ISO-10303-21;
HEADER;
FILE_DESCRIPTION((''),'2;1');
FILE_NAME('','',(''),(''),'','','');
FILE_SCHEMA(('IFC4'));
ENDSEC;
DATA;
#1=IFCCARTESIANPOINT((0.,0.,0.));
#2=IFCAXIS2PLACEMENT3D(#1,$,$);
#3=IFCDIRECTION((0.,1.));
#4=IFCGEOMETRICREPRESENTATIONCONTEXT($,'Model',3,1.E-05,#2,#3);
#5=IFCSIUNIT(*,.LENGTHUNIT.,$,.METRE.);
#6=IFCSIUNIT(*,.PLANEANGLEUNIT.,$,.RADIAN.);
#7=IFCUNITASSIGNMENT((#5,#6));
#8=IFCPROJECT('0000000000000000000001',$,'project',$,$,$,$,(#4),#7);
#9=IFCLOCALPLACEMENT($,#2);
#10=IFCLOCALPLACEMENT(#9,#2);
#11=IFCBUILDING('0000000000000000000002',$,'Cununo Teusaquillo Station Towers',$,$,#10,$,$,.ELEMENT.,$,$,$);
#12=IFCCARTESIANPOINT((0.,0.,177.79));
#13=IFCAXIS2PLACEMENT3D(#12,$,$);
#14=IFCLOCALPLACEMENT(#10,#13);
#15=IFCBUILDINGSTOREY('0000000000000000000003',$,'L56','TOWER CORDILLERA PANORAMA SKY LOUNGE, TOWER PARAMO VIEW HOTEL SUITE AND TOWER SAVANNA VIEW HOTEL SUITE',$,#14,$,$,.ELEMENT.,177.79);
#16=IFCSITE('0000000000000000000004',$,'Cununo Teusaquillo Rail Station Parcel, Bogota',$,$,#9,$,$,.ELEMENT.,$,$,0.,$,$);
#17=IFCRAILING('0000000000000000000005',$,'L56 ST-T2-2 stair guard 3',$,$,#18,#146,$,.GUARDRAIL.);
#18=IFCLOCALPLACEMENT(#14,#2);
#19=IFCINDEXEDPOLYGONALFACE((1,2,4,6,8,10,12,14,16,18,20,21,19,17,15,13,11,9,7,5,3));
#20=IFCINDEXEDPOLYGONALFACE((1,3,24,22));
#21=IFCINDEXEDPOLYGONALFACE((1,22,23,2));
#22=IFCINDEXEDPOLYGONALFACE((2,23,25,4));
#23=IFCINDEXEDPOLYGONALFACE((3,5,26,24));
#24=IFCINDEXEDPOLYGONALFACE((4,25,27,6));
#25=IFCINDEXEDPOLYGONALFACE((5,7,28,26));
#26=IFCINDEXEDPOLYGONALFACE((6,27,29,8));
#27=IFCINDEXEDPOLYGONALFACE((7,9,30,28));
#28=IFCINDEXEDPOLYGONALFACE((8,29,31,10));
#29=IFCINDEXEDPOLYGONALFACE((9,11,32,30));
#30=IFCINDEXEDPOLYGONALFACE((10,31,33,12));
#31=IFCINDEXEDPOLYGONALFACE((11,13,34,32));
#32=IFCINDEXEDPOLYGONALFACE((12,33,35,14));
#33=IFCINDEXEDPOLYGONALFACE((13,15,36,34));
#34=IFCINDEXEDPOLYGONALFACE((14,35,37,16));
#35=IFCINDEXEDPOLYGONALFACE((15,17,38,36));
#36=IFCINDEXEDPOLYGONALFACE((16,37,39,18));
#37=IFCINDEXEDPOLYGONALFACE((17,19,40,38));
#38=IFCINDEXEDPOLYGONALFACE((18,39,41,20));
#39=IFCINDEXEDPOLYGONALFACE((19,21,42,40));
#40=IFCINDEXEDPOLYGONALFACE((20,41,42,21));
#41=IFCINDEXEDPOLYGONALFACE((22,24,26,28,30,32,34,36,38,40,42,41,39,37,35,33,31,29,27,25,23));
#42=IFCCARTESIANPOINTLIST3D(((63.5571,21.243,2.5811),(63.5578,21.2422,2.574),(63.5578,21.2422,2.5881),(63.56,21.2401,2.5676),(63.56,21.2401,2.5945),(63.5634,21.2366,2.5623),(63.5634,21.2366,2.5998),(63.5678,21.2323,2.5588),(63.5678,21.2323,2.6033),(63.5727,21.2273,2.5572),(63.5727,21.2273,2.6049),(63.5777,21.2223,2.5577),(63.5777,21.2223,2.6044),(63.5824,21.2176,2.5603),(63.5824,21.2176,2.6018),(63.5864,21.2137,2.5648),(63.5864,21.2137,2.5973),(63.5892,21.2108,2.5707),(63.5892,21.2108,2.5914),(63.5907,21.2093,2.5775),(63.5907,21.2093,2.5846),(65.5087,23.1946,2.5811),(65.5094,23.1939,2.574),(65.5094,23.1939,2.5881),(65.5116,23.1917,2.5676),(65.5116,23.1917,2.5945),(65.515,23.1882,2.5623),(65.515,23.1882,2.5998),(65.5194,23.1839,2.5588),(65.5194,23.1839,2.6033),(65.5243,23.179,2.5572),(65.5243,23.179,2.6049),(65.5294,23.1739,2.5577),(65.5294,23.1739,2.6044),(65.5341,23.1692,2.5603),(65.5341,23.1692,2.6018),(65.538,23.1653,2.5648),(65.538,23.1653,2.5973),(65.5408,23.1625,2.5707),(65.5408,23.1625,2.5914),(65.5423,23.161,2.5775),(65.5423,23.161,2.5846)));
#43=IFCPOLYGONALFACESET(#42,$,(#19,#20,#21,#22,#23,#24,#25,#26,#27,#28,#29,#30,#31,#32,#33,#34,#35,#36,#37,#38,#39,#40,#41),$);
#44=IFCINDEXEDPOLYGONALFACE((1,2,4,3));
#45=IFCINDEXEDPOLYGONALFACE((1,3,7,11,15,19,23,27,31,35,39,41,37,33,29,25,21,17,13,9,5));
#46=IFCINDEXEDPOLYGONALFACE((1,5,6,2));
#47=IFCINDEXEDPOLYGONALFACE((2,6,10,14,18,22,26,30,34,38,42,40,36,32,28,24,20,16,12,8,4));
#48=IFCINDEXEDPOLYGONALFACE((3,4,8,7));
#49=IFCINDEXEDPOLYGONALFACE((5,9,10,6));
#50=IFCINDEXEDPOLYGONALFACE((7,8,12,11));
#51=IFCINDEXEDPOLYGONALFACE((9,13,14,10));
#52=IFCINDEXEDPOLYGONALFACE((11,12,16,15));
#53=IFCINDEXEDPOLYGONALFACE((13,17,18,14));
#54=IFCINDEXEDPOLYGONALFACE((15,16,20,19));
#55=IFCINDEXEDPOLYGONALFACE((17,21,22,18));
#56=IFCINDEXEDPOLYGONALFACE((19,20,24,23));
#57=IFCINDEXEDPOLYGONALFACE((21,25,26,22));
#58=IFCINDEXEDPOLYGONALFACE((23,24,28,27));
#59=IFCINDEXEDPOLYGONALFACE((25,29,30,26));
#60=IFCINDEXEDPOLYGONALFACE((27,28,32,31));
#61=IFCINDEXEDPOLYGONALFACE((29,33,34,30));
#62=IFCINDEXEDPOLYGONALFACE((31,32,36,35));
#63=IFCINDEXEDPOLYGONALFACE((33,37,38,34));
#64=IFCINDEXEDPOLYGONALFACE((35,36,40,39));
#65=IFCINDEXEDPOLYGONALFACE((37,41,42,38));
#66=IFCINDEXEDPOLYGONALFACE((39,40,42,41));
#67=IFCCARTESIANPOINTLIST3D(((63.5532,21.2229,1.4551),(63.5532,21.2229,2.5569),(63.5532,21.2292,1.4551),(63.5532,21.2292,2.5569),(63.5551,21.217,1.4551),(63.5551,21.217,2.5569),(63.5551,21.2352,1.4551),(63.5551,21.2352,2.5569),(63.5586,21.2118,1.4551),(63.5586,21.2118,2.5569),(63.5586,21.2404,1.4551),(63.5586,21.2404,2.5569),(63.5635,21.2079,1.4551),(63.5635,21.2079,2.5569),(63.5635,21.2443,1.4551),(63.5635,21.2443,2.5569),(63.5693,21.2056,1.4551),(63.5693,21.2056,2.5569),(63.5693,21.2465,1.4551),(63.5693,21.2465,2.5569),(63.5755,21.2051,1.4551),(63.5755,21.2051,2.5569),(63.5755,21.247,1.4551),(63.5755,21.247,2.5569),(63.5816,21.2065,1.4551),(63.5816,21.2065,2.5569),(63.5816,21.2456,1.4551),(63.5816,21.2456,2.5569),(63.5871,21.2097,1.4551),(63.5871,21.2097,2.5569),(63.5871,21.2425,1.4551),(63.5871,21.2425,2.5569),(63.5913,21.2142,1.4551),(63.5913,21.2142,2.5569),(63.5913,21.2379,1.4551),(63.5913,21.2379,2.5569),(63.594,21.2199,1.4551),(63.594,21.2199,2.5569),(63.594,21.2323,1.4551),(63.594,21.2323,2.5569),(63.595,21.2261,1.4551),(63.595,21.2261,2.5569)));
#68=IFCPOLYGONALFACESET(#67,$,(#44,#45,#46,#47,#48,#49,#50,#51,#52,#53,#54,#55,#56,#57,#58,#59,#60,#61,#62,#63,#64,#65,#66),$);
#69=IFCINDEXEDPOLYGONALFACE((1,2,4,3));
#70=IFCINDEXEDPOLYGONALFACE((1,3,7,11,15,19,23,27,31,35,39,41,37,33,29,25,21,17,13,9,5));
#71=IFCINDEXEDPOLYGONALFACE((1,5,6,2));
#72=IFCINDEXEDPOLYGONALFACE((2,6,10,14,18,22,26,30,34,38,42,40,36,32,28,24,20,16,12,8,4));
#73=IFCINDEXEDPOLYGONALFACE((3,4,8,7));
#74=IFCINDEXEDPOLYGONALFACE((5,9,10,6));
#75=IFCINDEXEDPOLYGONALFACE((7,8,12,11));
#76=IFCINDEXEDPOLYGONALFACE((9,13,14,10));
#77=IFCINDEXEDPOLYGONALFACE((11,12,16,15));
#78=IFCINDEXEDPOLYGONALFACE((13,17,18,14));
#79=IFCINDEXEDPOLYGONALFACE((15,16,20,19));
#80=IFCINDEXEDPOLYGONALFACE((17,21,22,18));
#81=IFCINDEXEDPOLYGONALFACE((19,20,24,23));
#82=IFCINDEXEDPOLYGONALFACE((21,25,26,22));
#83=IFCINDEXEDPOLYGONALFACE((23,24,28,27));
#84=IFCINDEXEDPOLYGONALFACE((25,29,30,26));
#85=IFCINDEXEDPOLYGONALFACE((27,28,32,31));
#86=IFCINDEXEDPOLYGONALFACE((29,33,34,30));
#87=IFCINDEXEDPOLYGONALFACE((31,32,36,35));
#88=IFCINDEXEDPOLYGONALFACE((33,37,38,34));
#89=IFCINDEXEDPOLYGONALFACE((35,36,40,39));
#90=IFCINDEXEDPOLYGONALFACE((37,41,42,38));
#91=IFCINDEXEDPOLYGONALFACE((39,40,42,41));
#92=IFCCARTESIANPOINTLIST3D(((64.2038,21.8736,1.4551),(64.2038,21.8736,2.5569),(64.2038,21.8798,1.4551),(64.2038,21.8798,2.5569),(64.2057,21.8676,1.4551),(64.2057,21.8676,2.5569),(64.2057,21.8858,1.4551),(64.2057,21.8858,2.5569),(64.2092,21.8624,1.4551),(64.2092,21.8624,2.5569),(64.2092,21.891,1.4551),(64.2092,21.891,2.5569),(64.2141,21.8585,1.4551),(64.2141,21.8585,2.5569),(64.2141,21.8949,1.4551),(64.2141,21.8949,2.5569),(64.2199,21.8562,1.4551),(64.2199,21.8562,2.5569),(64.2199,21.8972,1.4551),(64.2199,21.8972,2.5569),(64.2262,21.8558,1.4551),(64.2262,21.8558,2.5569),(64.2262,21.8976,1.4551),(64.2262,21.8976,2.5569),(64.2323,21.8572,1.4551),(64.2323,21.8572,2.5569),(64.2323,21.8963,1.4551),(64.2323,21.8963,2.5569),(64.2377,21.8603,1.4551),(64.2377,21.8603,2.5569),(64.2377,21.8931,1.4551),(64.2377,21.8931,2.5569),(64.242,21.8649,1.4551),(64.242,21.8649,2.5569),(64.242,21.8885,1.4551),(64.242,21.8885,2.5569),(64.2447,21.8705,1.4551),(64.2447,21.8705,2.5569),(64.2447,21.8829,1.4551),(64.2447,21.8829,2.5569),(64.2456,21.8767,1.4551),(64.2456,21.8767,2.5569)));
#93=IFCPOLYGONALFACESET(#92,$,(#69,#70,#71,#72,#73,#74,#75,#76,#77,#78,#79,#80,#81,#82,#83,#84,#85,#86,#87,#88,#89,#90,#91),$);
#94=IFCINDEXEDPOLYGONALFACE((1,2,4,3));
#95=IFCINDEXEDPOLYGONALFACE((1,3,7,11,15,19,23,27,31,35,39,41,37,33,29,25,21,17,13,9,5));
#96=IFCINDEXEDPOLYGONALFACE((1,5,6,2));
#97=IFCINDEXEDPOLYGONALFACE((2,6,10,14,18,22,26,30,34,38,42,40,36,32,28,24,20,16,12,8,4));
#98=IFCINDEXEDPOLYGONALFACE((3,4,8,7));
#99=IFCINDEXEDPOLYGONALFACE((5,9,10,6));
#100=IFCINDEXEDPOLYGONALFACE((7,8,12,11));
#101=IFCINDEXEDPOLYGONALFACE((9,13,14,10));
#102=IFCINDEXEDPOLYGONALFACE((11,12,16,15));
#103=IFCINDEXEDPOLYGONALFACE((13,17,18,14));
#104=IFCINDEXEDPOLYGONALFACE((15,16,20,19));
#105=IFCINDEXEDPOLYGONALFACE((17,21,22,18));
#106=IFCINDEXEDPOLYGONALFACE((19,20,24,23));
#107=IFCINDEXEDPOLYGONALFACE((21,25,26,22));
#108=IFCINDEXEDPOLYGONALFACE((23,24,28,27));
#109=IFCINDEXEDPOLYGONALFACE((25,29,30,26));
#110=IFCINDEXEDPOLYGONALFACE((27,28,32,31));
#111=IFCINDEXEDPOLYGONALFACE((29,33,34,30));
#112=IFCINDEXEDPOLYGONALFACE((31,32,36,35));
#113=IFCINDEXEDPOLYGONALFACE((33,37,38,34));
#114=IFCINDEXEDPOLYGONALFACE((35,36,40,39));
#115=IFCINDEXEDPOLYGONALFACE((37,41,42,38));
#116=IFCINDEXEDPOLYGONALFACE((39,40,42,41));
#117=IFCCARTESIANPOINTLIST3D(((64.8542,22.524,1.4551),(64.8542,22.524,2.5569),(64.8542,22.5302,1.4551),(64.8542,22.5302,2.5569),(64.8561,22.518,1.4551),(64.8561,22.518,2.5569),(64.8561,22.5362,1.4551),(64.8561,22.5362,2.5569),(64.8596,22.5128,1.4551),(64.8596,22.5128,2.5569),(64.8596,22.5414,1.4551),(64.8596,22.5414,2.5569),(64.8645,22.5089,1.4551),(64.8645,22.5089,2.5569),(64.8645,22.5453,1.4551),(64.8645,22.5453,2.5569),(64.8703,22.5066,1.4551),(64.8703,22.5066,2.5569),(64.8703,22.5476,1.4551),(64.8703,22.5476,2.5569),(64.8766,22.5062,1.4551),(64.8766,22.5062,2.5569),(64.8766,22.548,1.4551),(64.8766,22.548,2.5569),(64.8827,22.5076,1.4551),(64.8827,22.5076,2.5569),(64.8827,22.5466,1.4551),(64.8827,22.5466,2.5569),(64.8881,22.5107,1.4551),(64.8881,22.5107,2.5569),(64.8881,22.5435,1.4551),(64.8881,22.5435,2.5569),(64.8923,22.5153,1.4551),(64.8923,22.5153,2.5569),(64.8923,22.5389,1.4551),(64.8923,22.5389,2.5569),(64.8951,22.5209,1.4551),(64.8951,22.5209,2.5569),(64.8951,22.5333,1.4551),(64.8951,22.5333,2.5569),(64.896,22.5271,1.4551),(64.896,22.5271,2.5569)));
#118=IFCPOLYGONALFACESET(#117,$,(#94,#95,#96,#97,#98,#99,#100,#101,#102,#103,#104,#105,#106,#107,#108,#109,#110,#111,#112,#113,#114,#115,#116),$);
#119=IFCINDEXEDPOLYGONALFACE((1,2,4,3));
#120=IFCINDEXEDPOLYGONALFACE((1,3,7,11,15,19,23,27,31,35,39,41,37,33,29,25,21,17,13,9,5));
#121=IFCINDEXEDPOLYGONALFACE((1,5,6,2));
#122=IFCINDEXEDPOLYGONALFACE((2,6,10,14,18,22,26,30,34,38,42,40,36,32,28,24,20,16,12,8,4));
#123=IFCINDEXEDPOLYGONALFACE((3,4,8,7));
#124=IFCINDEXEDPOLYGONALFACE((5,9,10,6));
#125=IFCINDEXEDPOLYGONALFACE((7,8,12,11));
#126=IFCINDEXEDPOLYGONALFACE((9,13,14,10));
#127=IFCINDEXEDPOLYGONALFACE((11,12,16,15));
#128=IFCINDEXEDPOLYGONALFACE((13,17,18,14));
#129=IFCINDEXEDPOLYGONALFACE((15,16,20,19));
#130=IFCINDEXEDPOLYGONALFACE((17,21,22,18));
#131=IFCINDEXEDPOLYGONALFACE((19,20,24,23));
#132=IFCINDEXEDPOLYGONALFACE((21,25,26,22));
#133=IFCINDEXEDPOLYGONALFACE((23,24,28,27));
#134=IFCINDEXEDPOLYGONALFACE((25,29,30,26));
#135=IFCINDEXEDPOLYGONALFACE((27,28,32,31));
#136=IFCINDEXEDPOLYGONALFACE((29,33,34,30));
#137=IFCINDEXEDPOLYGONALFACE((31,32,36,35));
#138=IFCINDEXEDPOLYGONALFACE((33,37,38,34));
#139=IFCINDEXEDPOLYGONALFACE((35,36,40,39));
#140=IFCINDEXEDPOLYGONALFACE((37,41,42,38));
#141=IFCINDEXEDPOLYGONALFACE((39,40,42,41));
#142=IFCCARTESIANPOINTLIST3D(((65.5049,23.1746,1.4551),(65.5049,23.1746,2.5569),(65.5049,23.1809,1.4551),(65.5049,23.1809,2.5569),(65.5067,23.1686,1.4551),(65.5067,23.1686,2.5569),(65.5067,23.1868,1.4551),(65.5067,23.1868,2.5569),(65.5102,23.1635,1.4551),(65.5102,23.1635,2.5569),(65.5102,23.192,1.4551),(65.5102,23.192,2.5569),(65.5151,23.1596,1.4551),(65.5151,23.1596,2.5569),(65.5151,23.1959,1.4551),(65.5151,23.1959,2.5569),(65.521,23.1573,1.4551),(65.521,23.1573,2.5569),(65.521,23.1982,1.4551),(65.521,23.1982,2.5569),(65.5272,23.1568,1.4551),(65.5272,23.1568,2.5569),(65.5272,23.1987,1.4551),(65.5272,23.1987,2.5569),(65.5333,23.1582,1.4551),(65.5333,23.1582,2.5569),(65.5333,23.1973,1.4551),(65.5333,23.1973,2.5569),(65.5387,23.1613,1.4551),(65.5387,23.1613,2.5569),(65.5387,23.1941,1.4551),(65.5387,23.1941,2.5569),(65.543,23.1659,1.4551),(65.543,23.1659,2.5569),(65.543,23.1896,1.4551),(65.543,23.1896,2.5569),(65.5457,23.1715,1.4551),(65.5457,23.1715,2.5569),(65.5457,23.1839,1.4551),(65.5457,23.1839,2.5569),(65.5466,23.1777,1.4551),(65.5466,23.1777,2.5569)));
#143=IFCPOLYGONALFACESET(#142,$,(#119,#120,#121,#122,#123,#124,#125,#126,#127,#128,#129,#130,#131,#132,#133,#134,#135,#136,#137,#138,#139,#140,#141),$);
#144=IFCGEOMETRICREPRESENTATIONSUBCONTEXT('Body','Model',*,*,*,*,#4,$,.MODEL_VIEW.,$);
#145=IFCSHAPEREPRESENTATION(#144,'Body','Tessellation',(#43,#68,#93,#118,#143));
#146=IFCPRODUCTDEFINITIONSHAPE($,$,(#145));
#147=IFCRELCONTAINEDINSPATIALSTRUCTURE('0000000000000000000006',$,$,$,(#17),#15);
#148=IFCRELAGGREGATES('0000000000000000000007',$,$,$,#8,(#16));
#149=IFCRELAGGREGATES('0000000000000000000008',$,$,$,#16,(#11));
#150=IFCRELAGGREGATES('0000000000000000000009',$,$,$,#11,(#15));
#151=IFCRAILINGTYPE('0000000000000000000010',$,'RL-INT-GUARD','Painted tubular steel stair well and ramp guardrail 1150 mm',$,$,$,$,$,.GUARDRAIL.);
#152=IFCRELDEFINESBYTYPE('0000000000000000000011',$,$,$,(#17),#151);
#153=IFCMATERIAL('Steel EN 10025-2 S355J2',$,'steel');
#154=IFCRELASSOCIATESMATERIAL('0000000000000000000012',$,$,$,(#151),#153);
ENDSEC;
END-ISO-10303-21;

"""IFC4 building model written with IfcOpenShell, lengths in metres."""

from ifc_helpers import new_model, si_unit, direction, frame, origin, origin_2d, place, context, subcontext, project, spatial, circle, extrude, material, type_object, element, save


model = new_model("IFC4")

# Units and contexts
model_context = context("Model", 3, precision=1e-05, world=origin(), true_north=direction((0.0, 1.0)))
body_context = subcontext(model_context, "Body", "Model", "MODEL_VIEW")
ifc_project = project(units=[si_unit("LENGTHUNIT", "METRE"), si_unit("PLANEANGLEUNIT", "RADIAN")], contexts=[model_context])

# Site, building, storey
site_placement = place(None, origin())
site = spatial("IfcSite", under=ifc_project, at=site_placement, Name="Cununo Teusaquillo Rail Station Parcel, Bogota", CompositionType="ELEMENT", RefElevation=0.0)
building_placement = place(site_placement, origin())
building = spatial("IfcBuilding", under=site, at=building_placement, Name="Cununo Teusaquillo Station Towers", CompositionType="ELEMENT")
storey_placement = place(building_placement, frame((0.0, 0.0, 177.79)))
storey = spatial("IfcBuildingStorey", under=building, at=storey_placement, Name="L56", Description="TOWER CORDILLERA PANORAMA SKY LOUNGE, TOWER PARAMO VIEW HOTEL SUITE AND TOWER SAVANNA VIEW HOTEL SUITE", CompositionType="ELEMENT", Elevation=177.79)

# Railing
ifc_material_1 = material(Name="Steel EN 10025-2 S355J2", Category="steel")
railing_type = type_object("IfcRailingType", Name="RL-INT-GUARD", Description="Painted tubular steel stair well and ramp guardrail 1150 mm", PredefinedType="GUARDRAIL", material=ifc_material_1)
railing_1_placement = place(storey_placement, frame((63.574, 21.2261, 1.4551)))
element("IfcRailing", 1, at=railing_1_placement, inside=storey, type_object=railing_type, Name="L56 ST-T2-2 stair guard 3", PredefinedType="GUARDRAIL", context=body_context, shape_type="SweptSolid", body=[
    extrude(circle(Radius=0.0239, at=origin_2d()), frame((0.0, 0.0, 1.126), z_axis=(0.707107, 0.707107, 0.0), x_axis=(-0.707107, 0.707107, 0.0)), (0.0, 0.0, 1.0), 2.76),
    extrude(circle(Radius=0.021, at=origin_2d()), origin(), (0.0, 0.0, 1.0), 1.1018),
    extrude(circle(Radius=0.021, at=origin_2d()), frame((0.6506, 0.6506, 0.0)), (0.0, 0.0, 1.0), 1.1018),
    extrude(circle(Radius=0.021, at=origin_2d()), frame((1.301, 1.301, 0.0)), (0.0, 0.0, 1.0), 1.1018),
    extrude(circle(Radius=0.021, at=origin_2d()), frame((1.9517, 1.9517, 0.0)), (0.0, 0.0, 1.0), 1.1018),
])

save(model, "model.ifc")
